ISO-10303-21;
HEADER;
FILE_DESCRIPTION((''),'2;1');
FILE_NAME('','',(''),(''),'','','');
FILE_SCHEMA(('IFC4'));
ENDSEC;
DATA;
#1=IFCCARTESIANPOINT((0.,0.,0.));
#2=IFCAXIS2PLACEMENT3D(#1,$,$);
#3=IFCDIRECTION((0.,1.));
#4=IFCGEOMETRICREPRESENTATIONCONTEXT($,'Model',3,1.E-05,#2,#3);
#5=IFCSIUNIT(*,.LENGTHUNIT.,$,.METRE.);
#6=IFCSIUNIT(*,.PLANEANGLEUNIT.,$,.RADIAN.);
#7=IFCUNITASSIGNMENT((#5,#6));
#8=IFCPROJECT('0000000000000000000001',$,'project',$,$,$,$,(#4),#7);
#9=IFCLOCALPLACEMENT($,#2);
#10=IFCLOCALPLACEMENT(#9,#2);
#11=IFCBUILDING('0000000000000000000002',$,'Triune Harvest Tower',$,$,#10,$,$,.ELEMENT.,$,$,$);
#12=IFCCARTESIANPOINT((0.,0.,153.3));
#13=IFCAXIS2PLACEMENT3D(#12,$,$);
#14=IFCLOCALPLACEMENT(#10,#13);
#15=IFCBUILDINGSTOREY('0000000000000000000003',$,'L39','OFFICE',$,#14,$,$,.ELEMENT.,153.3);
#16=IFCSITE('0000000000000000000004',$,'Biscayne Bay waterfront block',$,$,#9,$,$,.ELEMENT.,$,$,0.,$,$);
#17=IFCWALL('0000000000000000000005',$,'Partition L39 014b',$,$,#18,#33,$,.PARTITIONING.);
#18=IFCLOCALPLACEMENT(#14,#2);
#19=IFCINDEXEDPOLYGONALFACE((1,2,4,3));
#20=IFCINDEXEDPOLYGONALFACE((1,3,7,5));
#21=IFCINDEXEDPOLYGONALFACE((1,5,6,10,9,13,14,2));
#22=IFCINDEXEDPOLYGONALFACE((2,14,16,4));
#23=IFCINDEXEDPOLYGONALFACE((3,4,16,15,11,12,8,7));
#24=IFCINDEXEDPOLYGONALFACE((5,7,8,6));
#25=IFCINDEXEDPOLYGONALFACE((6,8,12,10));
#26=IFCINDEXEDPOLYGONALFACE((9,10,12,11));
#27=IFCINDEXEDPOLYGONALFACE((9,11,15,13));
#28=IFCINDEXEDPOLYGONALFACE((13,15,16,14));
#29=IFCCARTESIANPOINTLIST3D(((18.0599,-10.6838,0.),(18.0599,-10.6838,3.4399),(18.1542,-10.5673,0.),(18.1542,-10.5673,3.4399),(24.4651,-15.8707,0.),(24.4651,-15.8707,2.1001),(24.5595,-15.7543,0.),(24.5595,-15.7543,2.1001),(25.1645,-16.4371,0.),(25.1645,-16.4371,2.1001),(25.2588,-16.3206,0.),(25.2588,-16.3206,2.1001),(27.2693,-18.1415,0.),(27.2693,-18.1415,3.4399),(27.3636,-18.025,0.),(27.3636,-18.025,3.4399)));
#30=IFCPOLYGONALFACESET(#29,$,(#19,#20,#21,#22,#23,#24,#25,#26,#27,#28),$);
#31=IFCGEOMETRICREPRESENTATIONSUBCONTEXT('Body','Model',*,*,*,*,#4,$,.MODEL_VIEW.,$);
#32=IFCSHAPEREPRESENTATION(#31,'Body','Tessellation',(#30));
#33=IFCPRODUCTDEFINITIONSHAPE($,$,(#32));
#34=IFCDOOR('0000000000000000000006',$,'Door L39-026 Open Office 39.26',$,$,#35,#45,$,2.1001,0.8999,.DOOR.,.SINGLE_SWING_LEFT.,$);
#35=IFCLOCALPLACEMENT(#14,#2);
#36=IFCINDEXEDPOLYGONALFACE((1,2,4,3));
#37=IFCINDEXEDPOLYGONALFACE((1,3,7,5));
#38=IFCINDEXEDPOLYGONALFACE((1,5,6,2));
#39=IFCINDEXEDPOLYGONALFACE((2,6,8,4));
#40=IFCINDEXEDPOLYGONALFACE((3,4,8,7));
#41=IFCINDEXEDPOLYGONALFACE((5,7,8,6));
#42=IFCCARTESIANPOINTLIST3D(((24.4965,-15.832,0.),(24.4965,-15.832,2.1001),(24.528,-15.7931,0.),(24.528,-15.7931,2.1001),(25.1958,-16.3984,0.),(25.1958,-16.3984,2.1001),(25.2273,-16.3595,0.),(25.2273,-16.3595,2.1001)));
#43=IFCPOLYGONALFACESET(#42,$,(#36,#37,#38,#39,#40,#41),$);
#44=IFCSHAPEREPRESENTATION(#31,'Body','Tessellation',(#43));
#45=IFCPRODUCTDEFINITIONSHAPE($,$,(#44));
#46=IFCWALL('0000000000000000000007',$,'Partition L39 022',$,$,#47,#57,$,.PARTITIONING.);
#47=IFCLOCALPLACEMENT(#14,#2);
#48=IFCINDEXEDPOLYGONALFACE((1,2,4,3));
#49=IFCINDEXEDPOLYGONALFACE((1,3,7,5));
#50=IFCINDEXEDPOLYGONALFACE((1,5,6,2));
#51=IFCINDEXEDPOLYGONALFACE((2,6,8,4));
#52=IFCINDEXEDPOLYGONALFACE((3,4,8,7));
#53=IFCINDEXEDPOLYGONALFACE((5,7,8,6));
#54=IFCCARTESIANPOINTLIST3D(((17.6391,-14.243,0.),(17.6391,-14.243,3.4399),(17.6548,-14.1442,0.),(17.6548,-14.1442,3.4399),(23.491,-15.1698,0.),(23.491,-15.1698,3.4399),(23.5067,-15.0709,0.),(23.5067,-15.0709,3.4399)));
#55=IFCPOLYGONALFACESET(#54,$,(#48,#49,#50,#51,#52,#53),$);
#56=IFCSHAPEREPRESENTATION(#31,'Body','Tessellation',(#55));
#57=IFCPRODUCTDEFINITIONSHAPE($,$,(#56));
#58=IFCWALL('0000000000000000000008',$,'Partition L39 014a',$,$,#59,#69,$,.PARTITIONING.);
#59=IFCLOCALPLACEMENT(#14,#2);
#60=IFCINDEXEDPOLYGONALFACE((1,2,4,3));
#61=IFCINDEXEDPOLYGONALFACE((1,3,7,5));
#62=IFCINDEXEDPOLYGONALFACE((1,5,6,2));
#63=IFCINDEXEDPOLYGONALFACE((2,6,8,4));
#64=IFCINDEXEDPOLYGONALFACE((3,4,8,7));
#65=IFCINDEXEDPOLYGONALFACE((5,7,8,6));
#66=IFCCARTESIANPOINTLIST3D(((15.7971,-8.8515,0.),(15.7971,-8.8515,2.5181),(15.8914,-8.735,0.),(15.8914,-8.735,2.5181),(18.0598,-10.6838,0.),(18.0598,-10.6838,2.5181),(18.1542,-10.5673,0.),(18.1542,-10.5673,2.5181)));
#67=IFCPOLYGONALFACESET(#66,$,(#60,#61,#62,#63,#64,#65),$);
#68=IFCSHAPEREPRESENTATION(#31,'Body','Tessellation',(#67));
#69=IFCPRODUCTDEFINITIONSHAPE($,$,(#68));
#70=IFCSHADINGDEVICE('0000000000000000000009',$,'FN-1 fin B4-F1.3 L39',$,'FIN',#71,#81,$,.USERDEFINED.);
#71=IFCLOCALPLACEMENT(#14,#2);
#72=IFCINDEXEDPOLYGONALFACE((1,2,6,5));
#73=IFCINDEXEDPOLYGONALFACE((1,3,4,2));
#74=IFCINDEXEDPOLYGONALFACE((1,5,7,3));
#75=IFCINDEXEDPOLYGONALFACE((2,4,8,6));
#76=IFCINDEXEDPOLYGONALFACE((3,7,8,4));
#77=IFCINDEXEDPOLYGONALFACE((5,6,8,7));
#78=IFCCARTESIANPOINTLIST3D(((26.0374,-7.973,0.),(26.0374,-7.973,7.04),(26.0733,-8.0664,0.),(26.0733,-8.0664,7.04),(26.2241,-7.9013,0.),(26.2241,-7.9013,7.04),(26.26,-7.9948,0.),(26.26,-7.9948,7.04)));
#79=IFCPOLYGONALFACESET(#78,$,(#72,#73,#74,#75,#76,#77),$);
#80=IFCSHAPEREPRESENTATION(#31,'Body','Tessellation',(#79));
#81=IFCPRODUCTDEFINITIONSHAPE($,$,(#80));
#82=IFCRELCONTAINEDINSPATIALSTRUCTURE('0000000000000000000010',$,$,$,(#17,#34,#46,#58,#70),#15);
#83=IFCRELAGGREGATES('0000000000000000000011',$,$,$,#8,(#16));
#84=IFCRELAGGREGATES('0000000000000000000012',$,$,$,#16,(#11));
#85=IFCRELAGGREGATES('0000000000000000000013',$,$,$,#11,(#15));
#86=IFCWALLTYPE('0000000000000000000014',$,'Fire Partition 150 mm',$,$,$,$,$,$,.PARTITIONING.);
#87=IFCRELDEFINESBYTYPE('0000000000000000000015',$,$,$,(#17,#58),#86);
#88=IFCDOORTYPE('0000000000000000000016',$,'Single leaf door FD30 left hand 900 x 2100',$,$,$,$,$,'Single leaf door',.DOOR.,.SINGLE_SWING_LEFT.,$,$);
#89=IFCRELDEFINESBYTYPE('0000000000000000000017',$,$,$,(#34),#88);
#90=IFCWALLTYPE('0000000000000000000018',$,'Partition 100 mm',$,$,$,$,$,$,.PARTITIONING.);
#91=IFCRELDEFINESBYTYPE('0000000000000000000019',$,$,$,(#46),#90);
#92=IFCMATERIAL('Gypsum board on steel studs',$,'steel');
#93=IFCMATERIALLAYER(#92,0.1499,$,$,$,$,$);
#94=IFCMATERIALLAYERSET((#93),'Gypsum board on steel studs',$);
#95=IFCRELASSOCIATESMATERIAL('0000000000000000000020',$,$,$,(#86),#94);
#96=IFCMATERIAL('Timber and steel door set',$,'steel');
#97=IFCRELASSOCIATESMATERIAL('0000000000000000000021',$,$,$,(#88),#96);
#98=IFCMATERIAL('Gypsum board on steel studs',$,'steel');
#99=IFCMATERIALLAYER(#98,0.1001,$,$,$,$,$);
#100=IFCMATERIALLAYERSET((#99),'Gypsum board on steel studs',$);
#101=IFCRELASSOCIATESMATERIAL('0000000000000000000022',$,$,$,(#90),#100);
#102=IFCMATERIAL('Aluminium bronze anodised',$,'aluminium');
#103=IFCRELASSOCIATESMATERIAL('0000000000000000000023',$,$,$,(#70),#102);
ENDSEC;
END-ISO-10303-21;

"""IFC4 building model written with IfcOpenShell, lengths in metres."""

from ifc_helpers import new_model, si_unit, direction, frame, frame_2d, origin, origin_2d, place, context, subcontext, project, spatial, rectangle, extrude, source, transform, mapped, material, layer, layer_set, type_object, element, fill, save


model = new_model("IFC4")

# Units and contexts
model_context = context("Model", 3, precision=1e-05, world=origin(), true_north=direction((0.0, 1.0)))
body_context = subcontext(model_context, "Body", "Model", "MODEL_VIEW")
ifc_project = project(units=[si_unit("LENGTHUNIT", "METRE"), si_unit("PLANEANGLEUNIT", "RADIAN")], contexts=[model_context])

# Site, building, storey
site_placement = place(None, origin())
site = spatial("IfcSite", under=ifc_project, at=site_placement, Name="Biscayne Bay waterfront block", CompositionType="ELEMENT", RefElevation=0.0)
building_placement = place(site_placement, origin())
building = spatial("IfcBuilding", under=site, at=building_placement, Name="Triune Harvest Tower", CompositionType="ELEMENT")
storey_placement = place(building_placement, frame((0.0, 0.0, 153.3)))
storey = spatial("IfcBuildingStorey", under=building, at=storey_placement, Name="L39", Description="OFFICE", CompositionType="ELEMENT", Elevation=153.3)

# Wall, opening, door
ifc_material_1 = material(Name="Gypsum board on steel studs", Category="steel")
ifc_layer_1 = layer(ifc_material_1, 0.1499)
ifc_layer_set_1 = layer_set([ifc_layer_1], Name="Gypsum board on steel studs")
wall_type_1 = type_object("IfcWallType", Name="Fire Partition 150 mm", PredefinedType="PARTITIONING", material=ifc_layer_set_1)
wall_1_placement = place(storey_placement, frame((18.1069, -10.6255, 0.0), z_axis=(0.0, 0.0, 1.0), x_axis=(0.777143, -0.629324, 0.0)))
wall_1 = element("IfcWall", 1, at=wall_1_placement, inside=storey, type_object=wall_type_1, Name="Partition L39 014b", PredefinedType="PARTITIONING", context=body_context, shape_type="SweptSolid", body=[
    extrude(rectangle(XDim=11.8503, YDim=0.1499, at=frame_2d((5.9253, 0.0))), origin(), (0.0, 0.0, 1.0), 3.4399),
])
opening_placement = place(wall_1_placement, frame((8.2422, 0.0, 0.0)))
opening = element("IfcOpeningElement", 2, at=opening_placement, cuts=wall_1, PredefinedType="OPENING", context=body_context, shape_type="SweptSolid", body=[
    extrude(rectangle(XDim=0.8999, YDim=2.1001, at=frame_2d((0.45, 1.05))), frame((0.0, 0.085, 0.0), z_axis=(0.0, -1.0, 0.0), x_axis=(1.0, 0.0, 0.0)), (0.0, 0.0, 1.0), 0.1699),
])
ifc_material_2 = material(Name="Timber and steel door set", Category="steel")
door_type = type_object("IfcDoorType", Name="Single leaf door FD30 left hand 900 x 2100", ElementType="Single leaf door", OperationType="SINGLE_SWING_LEFT", PredefinedType="DOOR", material=ifc_material_2)
door_placement = place(opening_placement, origin())
door = element("IfcDoor", 3, at=door_placement, inside=storey, type_object=door_type, Name="Door L39-026 Open Office 39.26", OperationType="SINGLE_SWING_LEFT", OverallHeight=2.1001, OverallWidth=0.8999, PredefinedType="DOOR", context=body_context, shape_type="SweptSolid", body=[
    extrude(rectangle(XDim=0.8999, YDim=2.1001, at=frame_2d((0.45, 1.05))), frame((0.0, 0.0249, 0.0), z_axis=(0.0, -1.0, 0.0), x_axis=(1.0, 0.0, 0.0)), (0.0, 0.0, 1.0), 0.05),
])
fill(opening, door)

# Walls
ifc_material_3 = material(Name="Gypsum board on steel studs", Category="steel")
ifc_layer_2 = layer(ifc_material_3, 0.1001)
ifc_layer_set_2 = layer_set([ifc_layer_2], Name="Gypsum board on steel studs")
wall_type_2 = type_object("IfcWallType", Name="Partition 100 mm", PredefinedType="PARTITIONING", material=ifc_layer_set_2)
wall_2_placement = place(storey_placement, frame((17.647, -14.1936, 0.0), z_axis=(0.0, 0.0, 1.0), x_axis=(0.98769, -0.156422, 0.0)))
element("IfcWall", 4, at=wall_2_placement, inside=storey, type_object=wall_type_2, Name="Partition L39 022", PredefinedType="PARTITIONING", context=body_context, shape_type="SweptSolid", body=[
    extrude(rectangle(XDim=5.9248, YDim=0.1001, at=frame_2d((2.9624, 0.0))), origin(), (0.0, 0.0, 1.0), 3.4399),
])
shared_shape_1 = source(origin(), body_context, "Body", "SweptSolid", [
    extrude(rectangle(XDim=2.9116, YDim=0.1499, at=frame_2d((1.4558, 0.0))), origin(), (0.0, 0.0, 1.0), 2.5181),
])
wall_3_placement = place(storey_placement, frame((15.8442, -8.7932, 0.0), z_axis=(0.0, 0.0, 1.0), x_axis=(0.777149, -0.629316, 0.0)))
element("IfcWall", 5, at=wall_3_placement, inside=storey, type_object=wall_type_1, Name="Partition L39 014a", PredefinedType="PARTITIONING", context=body_context, shape_type="MappedRepresentation", body=[
    mapped(shared_shape_1, transform((0.0, 0.0, 0.0), scale=1.0)),
])

# Shading device
ifc_material_4 = material(Name="Aluminium bronze anodised", Category="aluminium")
shared_shape_2 = source(origin(), body_context, "Body", "SweptSolid", [
    extrude(rectangle(XDim=0.1001, YDim=0.2, at=origin_2d()), origin(), (0.0, 0.0, 1.0), 7.04),
])
shading_device_placement = place(storey_placement, frame((26.1487, -7.9839, 0.0), z_axis=(0.0, 0.0, 1.0), x_axis=(-0.358369, 0.93358, 0.0)))
element("IfcShadingDevice", 6, at=shading_device_placement, inside=storey, material=ifc_material_4, Name="FN-1 fin B4-F1.3 L39", ObjectType="FIN", PredefinedType="USERDEFINED", context=body_context, shape_type="MappedRepresentation", body=[
    mapped(shared_shape_2, transform((0.0, 0.0, 0.0), scale=1.0)),
])

save(model, "model.ifc")
